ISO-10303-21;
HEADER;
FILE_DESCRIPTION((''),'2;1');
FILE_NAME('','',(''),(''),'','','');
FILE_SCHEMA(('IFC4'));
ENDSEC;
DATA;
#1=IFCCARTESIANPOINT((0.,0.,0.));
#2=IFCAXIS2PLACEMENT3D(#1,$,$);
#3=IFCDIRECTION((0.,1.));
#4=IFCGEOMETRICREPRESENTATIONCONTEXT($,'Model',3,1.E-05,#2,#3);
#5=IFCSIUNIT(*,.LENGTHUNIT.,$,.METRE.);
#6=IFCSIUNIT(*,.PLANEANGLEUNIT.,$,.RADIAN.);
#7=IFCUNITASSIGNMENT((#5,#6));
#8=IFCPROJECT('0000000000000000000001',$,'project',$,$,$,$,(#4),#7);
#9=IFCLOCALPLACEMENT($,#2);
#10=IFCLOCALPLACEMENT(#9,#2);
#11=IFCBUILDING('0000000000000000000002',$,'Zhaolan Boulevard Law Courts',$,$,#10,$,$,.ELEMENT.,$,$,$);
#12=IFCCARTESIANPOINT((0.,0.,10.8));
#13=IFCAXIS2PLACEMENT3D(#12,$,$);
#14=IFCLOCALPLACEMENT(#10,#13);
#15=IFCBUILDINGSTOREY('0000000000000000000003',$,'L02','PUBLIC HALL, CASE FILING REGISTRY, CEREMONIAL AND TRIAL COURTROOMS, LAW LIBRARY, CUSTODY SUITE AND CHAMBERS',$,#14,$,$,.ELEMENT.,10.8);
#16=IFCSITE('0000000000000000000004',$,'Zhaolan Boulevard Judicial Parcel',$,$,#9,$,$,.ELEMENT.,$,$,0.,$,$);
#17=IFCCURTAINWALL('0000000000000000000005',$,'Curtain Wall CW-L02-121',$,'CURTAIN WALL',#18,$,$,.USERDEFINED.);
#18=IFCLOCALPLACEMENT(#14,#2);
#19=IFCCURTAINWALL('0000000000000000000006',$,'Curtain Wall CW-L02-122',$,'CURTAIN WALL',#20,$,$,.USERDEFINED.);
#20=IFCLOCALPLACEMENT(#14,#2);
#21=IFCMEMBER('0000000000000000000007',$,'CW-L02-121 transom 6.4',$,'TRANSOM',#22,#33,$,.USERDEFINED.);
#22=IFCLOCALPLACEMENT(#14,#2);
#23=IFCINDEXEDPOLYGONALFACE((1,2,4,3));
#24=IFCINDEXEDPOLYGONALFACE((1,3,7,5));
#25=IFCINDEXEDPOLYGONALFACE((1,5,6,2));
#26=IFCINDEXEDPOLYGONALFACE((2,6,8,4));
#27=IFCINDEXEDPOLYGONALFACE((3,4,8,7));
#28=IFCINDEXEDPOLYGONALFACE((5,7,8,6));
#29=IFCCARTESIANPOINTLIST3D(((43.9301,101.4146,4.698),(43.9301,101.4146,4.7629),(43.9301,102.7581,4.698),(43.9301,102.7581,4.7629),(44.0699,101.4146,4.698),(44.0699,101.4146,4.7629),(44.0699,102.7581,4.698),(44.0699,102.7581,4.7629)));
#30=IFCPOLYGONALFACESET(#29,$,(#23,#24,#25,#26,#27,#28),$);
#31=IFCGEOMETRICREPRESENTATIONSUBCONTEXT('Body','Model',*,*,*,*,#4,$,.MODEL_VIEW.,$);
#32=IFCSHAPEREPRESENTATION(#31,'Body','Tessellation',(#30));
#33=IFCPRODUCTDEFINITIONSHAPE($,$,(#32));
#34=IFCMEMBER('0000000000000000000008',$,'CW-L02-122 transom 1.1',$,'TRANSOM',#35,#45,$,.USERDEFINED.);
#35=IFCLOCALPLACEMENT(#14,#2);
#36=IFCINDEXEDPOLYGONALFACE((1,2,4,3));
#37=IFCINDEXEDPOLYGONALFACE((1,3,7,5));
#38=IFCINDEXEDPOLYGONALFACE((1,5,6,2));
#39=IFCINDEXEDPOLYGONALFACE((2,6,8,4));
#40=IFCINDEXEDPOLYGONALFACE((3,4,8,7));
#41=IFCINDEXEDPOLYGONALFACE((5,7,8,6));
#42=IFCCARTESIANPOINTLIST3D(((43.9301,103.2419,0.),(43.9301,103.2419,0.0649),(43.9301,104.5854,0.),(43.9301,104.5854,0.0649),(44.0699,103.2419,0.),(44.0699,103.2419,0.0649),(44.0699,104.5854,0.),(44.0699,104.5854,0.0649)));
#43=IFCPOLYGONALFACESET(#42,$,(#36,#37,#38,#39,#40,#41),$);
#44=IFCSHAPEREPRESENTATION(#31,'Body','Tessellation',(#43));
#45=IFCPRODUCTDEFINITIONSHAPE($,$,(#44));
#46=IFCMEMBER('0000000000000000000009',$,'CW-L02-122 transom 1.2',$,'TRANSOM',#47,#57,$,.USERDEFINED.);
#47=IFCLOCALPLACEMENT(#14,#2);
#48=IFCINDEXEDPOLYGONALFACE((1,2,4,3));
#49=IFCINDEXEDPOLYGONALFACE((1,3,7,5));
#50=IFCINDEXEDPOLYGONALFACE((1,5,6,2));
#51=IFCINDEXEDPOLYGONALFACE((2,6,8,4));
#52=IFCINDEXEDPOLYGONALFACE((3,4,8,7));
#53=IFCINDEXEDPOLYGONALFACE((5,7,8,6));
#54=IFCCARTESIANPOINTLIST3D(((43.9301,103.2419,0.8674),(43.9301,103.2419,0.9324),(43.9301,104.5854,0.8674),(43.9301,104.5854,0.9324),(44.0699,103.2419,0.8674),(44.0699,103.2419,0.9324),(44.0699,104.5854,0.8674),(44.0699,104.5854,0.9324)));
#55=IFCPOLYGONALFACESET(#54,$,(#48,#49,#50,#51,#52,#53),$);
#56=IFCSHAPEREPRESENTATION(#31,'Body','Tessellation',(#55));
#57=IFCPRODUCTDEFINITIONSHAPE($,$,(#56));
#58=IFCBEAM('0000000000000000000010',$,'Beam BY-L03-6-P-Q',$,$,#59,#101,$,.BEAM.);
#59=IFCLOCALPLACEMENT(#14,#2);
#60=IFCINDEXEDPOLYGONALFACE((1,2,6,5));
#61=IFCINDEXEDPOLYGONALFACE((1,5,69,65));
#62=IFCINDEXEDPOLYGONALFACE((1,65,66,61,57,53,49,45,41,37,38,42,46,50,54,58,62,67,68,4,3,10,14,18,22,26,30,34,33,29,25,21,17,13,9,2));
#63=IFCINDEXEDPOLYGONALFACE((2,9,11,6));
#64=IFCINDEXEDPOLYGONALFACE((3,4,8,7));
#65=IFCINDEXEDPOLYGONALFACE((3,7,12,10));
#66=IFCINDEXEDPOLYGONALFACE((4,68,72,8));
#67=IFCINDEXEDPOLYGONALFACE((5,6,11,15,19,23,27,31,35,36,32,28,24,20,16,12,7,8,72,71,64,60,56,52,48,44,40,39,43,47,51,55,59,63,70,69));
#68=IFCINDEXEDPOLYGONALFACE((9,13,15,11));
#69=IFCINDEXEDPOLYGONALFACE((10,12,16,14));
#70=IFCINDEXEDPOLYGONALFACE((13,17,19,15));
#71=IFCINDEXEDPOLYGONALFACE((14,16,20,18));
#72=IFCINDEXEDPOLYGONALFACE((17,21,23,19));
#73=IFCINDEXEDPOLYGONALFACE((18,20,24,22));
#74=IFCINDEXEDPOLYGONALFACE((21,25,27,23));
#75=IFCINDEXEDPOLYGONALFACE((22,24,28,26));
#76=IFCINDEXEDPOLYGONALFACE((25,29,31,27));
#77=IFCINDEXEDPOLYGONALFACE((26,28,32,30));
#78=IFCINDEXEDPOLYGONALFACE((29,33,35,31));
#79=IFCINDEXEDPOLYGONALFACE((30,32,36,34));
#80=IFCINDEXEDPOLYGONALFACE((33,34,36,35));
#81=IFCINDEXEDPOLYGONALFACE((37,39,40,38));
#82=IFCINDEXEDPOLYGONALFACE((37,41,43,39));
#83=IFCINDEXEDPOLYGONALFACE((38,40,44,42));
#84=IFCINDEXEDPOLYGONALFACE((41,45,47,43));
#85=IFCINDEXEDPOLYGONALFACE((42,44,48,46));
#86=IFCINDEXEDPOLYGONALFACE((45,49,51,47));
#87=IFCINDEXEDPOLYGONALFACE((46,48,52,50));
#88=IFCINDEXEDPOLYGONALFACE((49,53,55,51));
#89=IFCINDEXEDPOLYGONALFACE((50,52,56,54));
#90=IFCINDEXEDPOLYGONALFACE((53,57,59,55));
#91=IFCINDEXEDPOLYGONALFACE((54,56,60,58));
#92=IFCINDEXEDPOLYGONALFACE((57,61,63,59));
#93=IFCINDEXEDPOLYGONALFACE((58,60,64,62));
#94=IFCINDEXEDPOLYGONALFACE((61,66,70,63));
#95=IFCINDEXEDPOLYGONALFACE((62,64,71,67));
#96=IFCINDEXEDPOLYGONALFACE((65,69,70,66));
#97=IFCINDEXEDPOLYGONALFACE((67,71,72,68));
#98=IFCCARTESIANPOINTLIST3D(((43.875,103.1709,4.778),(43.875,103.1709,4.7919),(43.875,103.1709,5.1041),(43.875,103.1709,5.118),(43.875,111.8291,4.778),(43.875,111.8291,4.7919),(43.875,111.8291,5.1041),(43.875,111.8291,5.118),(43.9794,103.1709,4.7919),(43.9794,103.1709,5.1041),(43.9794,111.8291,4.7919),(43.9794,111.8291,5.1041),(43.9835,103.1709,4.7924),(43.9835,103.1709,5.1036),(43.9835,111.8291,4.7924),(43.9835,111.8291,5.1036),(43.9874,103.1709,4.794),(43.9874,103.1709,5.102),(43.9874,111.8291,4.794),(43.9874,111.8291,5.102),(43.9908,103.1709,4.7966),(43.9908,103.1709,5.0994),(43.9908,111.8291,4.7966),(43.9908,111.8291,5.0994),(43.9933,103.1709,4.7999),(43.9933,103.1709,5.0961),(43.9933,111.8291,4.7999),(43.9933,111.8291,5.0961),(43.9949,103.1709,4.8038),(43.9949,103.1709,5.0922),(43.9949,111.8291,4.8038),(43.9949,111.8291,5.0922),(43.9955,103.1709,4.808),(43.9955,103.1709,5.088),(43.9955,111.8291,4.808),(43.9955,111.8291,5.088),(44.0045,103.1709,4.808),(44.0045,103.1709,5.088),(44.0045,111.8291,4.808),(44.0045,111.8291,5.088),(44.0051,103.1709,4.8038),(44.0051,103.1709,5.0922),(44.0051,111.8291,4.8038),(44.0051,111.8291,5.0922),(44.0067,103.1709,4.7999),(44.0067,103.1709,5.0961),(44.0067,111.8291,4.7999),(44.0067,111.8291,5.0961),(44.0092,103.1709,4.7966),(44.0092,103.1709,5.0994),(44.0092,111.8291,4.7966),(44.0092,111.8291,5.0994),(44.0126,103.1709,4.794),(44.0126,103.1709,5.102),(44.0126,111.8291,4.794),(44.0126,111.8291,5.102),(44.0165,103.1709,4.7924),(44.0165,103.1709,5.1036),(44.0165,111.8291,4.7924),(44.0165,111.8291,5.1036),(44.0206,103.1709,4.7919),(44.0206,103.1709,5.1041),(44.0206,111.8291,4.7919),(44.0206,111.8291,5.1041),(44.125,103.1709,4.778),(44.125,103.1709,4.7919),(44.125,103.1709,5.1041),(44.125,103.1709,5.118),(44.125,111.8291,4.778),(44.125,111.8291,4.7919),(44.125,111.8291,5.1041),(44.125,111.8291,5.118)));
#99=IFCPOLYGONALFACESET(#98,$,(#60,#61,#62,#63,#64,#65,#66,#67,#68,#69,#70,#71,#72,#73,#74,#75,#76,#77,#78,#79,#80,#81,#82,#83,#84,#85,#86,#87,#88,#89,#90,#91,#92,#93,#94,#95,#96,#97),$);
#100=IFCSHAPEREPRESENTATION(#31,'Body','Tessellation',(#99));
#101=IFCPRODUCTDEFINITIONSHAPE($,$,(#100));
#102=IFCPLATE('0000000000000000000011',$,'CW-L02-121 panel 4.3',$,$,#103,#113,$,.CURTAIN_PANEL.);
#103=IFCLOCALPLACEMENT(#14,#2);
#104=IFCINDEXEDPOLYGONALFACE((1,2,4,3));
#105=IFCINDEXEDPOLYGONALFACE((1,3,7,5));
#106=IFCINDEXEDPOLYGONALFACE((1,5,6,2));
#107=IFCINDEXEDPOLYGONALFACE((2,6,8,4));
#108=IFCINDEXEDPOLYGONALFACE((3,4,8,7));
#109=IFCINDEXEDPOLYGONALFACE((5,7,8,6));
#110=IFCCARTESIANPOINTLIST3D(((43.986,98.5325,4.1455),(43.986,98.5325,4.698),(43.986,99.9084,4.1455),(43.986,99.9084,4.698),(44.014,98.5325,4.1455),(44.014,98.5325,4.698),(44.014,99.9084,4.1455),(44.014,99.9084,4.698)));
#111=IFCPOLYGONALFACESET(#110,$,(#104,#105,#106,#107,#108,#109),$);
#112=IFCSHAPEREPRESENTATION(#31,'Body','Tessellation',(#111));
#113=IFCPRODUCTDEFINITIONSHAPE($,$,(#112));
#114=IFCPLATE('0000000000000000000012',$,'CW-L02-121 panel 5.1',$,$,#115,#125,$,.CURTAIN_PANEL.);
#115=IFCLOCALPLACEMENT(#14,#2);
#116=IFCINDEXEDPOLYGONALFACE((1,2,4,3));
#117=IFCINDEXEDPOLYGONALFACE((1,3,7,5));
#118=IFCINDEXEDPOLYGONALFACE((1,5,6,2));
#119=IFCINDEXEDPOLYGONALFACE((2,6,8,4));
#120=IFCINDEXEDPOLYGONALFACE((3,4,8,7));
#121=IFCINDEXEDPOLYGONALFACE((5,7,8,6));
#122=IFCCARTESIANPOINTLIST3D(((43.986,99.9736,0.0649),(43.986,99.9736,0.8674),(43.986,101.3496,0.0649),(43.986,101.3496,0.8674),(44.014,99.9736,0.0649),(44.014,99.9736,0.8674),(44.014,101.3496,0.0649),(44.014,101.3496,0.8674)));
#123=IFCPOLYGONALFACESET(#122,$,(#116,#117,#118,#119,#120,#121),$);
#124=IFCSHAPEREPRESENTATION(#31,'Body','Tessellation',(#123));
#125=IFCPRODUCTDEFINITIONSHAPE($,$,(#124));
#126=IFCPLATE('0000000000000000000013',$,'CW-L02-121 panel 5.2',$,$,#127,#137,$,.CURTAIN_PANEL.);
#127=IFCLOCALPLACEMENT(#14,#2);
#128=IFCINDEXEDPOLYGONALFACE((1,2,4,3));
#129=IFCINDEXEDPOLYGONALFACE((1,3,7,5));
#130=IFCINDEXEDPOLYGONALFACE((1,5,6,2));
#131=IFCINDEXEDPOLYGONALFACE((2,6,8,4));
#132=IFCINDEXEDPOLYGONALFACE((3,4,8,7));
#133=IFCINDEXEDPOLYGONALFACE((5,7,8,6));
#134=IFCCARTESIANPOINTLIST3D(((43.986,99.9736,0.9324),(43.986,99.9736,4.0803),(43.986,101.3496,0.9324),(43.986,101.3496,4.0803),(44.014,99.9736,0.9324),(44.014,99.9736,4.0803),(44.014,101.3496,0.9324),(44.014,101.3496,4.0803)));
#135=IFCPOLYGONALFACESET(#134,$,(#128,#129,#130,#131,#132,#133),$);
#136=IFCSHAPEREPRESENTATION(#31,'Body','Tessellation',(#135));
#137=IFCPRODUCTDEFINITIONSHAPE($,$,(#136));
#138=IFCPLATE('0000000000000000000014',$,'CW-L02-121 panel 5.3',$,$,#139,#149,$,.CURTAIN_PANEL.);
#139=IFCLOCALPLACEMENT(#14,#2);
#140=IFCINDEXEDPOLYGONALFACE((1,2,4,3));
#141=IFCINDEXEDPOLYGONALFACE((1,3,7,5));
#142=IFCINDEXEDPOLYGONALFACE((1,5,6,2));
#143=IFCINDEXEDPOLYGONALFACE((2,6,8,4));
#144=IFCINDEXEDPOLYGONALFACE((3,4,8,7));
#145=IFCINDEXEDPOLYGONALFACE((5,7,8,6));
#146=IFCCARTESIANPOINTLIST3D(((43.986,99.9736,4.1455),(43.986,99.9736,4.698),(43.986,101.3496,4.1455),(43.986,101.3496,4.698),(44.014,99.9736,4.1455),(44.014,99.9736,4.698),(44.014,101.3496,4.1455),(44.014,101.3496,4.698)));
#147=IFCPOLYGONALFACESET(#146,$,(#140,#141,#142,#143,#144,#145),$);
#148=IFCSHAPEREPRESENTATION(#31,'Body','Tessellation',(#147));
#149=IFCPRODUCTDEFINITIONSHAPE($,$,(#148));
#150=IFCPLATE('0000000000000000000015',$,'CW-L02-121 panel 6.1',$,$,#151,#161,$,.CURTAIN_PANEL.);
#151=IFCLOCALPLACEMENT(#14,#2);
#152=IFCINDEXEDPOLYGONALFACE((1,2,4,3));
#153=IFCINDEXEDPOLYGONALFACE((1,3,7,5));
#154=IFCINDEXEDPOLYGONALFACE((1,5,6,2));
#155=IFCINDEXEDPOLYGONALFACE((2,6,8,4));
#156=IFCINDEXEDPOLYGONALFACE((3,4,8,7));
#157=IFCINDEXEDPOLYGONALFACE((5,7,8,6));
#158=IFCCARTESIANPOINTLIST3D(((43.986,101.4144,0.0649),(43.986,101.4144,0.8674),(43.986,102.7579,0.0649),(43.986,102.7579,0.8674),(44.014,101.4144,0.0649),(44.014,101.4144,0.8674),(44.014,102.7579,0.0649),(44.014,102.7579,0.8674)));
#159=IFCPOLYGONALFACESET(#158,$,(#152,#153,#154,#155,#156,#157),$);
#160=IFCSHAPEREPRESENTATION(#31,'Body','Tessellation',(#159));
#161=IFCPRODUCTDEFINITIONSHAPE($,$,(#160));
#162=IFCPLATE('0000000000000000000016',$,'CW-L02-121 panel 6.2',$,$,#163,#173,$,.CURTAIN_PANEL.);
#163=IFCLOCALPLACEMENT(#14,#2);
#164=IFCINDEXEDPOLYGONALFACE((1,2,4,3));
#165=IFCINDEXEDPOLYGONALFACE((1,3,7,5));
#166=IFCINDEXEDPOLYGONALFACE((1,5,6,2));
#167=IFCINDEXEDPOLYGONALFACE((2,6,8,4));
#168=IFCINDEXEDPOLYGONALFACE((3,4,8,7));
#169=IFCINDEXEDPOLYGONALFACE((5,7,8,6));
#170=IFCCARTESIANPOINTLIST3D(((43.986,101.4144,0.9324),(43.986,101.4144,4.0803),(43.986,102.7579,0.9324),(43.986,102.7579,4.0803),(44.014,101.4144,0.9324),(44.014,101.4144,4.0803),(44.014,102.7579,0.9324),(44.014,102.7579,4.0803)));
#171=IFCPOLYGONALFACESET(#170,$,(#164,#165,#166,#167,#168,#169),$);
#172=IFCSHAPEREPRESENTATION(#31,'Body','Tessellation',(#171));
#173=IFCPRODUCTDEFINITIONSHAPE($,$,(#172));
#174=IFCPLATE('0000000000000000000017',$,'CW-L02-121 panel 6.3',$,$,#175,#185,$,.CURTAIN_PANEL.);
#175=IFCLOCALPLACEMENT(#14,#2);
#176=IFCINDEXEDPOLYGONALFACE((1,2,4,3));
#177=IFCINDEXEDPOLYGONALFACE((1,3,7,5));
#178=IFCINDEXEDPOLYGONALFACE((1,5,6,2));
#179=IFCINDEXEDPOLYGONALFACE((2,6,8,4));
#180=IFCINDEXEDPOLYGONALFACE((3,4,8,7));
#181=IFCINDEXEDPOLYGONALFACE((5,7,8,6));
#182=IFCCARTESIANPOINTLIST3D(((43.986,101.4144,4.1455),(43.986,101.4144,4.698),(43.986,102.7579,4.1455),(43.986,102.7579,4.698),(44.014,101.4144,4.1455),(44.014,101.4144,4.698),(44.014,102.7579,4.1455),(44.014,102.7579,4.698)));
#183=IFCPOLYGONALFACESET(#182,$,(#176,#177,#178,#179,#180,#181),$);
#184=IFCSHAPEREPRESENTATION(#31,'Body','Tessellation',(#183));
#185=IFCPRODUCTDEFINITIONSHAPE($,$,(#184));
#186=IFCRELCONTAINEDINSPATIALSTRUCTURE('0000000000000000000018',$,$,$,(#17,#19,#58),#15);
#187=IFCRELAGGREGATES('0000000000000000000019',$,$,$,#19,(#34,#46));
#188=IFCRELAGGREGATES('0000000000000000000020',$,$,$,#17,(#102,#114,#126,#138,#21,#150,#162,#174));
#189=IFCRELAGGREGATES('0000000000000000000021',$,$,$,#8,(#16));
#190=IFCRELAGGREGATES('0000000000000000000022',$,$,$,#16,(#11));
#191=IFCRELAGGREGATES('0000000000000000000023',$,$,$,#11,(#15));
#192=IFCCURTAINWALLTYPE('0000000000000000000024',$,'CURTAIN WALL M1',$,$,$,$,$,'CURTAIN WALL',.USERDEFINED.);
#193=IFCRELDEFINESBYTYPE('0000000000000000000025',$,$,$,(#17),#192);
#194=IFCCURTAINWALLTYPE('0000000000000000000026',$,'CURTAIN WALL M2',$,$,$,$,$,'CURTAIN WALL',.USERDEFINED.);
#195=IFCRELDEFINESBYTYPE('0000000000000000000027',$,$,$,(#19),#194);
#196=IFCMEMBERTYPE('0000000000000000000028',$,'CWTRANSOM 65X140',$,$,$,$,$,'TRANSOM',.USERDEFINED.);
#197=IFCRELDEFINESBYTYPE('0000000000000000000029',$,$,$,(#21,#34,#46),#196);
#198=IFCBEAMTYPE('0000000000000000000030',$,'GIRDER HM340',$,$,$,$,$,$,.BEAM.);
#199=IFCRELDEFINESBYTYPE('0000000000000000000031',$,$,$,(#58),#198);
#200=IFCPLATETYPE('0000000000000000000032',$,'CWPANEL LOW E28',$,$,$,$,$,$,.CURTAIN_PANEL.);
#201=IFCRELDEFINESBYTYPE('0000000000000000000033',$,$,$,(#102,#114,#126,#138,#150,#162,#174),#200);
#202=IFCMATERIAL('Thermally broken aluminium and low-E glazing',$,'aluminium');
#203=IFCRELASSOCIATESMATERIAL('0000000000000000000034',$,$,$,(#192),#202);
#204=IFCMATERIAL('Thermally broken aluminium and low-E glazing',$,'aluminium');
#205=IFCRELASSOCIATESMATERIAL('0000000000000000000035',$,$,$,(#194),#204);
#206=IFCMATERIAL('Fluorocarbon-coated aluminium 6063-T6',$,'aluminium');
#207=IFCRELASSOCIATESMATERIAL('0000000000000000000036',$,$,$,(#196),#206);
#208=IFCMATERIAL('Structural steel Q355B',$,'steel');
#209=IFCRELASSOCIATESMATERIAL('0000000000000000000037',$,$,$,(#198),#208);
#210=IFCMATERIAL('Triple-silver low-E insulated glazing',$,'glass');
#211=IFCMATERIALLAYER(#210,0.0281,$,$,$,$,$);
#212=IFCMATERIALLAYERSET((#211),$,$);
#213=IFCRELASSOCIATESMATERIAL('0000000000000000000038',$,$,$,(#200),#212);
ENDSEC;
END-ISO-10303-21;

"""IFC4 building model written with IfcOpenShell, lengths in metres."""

from ifc_helpers import new_model, si_unit, direction, frame, origin, origin_2d, place, context, subcontext, project, spatial, rectangle, i_section, extrude, material, layer, layer_set, material_profile, profile_set, type_object, element, aggregate, save


model = new_model("IFC4")

# Units and contexts
model_context = context("Model", 3, precision=1e-05, world=origin(), true_north=direction((0.0, 1.0)))
body_context = subcontext(model_context, "Body", "Model", "MODEL_VIEW")
ifc_project = project(units=[si_unit("LENGTHUNIT", "METRE"), si_unit("PLANEANGLEUNIT", "RADIAN")], contexts=[model_context])

# Site, building, storey
site_placement = place(None, origin())
site = spatial("IfcSite", under=ifc_project, at=site_placement, Name="Zhaolan Boulevard Judicial Parcel", CompositionType="ELEMENT", RefElevation=0.0)
building_placement = place(site_placement, origin())
building = spatial("IfcBuilding", under=site, at=building_placement, Name="Zhaolan Boulevard Law Courts", CompositionType="ELEMENT")
storey_placement = place(building_placement, frame((0.0, 0.0, 10.8)))
storey = spatial("IfcBuildingStorey", under=building, at=storey_placement, Name="L02", Description="PUBLIC HALL, CASE FILING REGISTRY, CEREMONIAL AND TRIAL COURTROOMS, LAW LIBRARY, CUSTODY SUITE AND CHAMBERS", CompositionType="ELEMENT", Elevation=10.8)

# Curtain wall
ifc_material_1 = material(Name="Thermally broken aluminium and low-E glazing", Category="aluminium")
curtain_wall_type_1 = type_object("IfcCurtainWallType", Name="CURTAIN WALL M1", ElementType="CURTAIN WALL", PredefinedType="USERDEFINED", material=ifc_material_1)
curtain_wall_1_placement = place(storey_placement, origin())
curtain_wall_1 = element("IfcCurtainWall", 1, at=curtain_wall_1_placement, inside=storey, type_object=curtain_wall_type_1, Name="Curtain Wall CW-L02-121", ObjectType="CURTAIN WALL", PredefinedType="USERDEFINED")

# Curtain wall
ifc_material_2 = material(Name="Thermally broken aluminium and low-E glazing", Category="aluminium")
curtain_wall_type_2 = type_object("IfcCurtainWallType", Name="CURTAIN WALL M2", ElementType="CURTAIN WALL", PredefinedType="USERDEFINED", material=ifc_material_2)
curtain_wall_2_placement = place(storey_placement, origin())
curtain_wall_2 = element("IfcCurtainWall", 2, at=curtain_wall_2_placement, inside=storey, type_object=curtain_wall_type_2, Name="Curtain Wall CW-L02-122", ObjectType="CURTAIN WALL", PredefinedType="USERDEFINED")

# Members
ifc_material_3 = material(Name="Fluorocarbon-coated aluminium 6063-T6", Category="aluminium")
ifc_material_profile_1 = material_profile(ifc_material_3, rectangle(XDim=0.1399, YDim=0.0649, at=origin_2d()), Name="AL65x140")
ifc_profile_set_1 = profile_set([ifc_material_profile_1], Name="Fluorocarbon-coated aluminium 6063-T6")
member_type_1 = type_object("IfcMemberType", Name="CWTRANSOM 65X140", ElementType="TRANSOM", PredefinedType="USERDEFINED", material=ifc_profile_set_1)
member_1_placement = place(storey_placement, frame((44.0, 101.4146, 4.7305), z_axis=(0.0, 1.0, 0.0), x_axis=(-1.0, 0.0, 0.0)))
member_1 = element("IfcMember", 3, at=member_1_placement, type_object=member_type_1, Name="CW-L02-121 transom 6.4", ObjectType="TRANSOM", PredefinedType="USERDEFINED", context=body_context, shape_type="SweptSolid", body=[
    extrude(rectangle(XDim=0.1399, YDim=0.0649, at=origin_2d()), origin(), (0.0, 0.0, 1.0), 1.3435),
])
member_2_placement = place(storey_placement, frame((44.0, 103.2419, 0.0325), z_axis=(0.0, 1.0, 0.0), x_axis=(-1.0, 0.0, 0.0)))
member_2 = element("IfcMember", 4, at=member_2_placement, type_object=member_type_1, Name="CW-L02-122 transom 1.1", ObjectType="TRANSOM", PredefinedType="USERDEFINED", context=body_context, shape_type="SweptSolid", body=[
    extrude(rectangle(XDim=0.1399, YDim=0.0649, at=origin_2d()), origin(), (0.0, 0.0, 1.0), 1.3435),
])
member_3_placement = place(storey_placement, frame((44.0, 103.2419, 0.8999), z_axis=(0.0, 1.0, 0.0), x_axis=(-1.0, 0.0, 0.0)))
member_3 = element("IfcMember", 5, at=member_3_placement, type_object=member_type_1, Name="CW-L02-122 transom 1.2", ObjectType="TRANSOM", PredefinedType="USERDEFINED", context=body_context, shape_type="SweptSolid", body=[
    extrude(rectangle(XDim=0.1399, YDim=0.0649, at=origin_2d()), origin(), (0.0, 0.0, 1.0), 1.3435),
])
aggregate(curtain_wall_2, [member_2, member_3])

# Beam
ifc_material_4 = material(Name="Structural steel Q355B", Category="steel")
ifc_material_profile_2 = material_profile(ifc_material_4, i_section(OverallWidth=0.25, OverallDepth=0.3401, WebThickness=0.009, FlangeThickness=0.0139, FilletRadius=0.0161, at=origin_2d()), Name="HM340x250")
ifc_profile_set_2 = profile_set([ifc_material_profile_2], Name="Structural steel Q355B")
beam_type = type_object("IfcBeamType", Name="GIRDER HM340", PredefinedType="BEAM", material=ifc_profile_set_2)
beam_placement = place(storey_placement, frame((44.0, 103.1709, 4.948), z_axis=(0.0, 1.0, 0.0), x_axis=(-1.0, 0.0, 0.0)))
element("IfcBeam", 6, at=beam_placement, inside=storey, type_object=beam_type, Name="Beam BY-L03-6-P-Q", PredefinedType="BEAM", context=body_context, shape_type="SweptSolid", body=[
    extrude(i_section(OverallWidth=0.25, OverallDepth=0.3401, WebThickness=0.009, FlangeThickness=0.0139, FilletRadius=0.0161, at=origin_2d()), origin(), (0.0, 0.0, 1.0), 8.6582),
])

# Plates
ifc_material_5 = material(Name="Triple-silver low-E insulated glazing", Category="glass")
ifc_layer = layer(ifc_material_5, 0.0281)
ifc_layer_set = layer_set([ifc_layer])
plate_type = type_object("IfcPlateType", Name="CWPANEL LOW E28", PredefinedType="CURTAIN_PANEL", material=ifc_layer_set)
plate_1_placement = place(storey_placement, frame((44.0, 99.2205, 4.1455), z_axis=(0.0, 0.0, 1.0), x_axis=(0.0, 1.0, 0.0)))
plate_1 = element("IfcPlate", 7, at=plate_1_placement, type_object=plate_type, Name="CW-L02-121 panel 4.3", PredefinedType="CURTAIN_PANEL", context=body_context, shape_type="SweptSolid", body=[
    extrude(rectangle(XDim=1.376, YDim=0.0281, at=origin_2d()), origin(), (0.0, 0.0, 1.0), 0.5525),
])
plate_2_placement = place(storey_placement, frame((44.0, 100.6616, 0.0649), z_axis=(0.0, 0.0, 1.0), x_axis=(0.0, 1.0, 0.0)))
plate_2 = element("IfcPlate", 8, at=plate_2_placement, type_object=plate_type, Name="CW-L02-121 panel 5.1", PredefinedType="CURTAIN_PANEL", context=body_context, shape_type="SweptSolid", body=[
    extrude(rectangle(XDim=1.376, YDim=0.0281, at=origin_2d()), origin(), (0.0, 0.0, 1.0), 0.8025),
])
plate_3_placement = place(storey_placement, frame((44.0, 100.6616, 0.9324), z_axis=(0.0, 0.0, 1.0), x_axis=(0.0, 1.0, 0.0)))
plate_3 = element("IfcPlate", 9, at=plate_3_placement, type_object=plate_type, Name="CW-L02-121 panel 5.2", PredefinedType="CURTAIN_PANEL", context=body_context, shape_type="SweptSolid", body=[
    extrude(rectangle(XDim=1.376, YDim=0.0281, at=origin_2d()), origin(), (0.0, 0.0, 1.0), 3.1479),
])
plate_4_placement = place(storey_placement, frame((44.0, 100.6616, 4.1455), z_axis=(0.0, 0.0, 1.0), x_axis=(0.0, 1.0, 0.0)))
plate_4 = element("IfcPlate", 10, at=plate_4_placement, type_object=plate_type, Name="CW-L02-121 panel 5.3", PredefinedType="CURTAIN_PANEL", context=body_context, shape_type="SweptSolid", body=[
    extrude(rectangle(XDim=1.376, YDim=0.0281, at=origin_2d()), origin(), (0.0, 0.0, 1.0), 0.5525),
])
plate_5_placement = place(storey_placement, frame((44.0, 102.0862, 0.0649), z_axis=(0.0, 0.0, 1.0), x_axis=(0.0, 1.0, 0.0)))
plate_5 = element("IfcPlate", 11, at=plate_5_placement, type_object=plate_type, Name="CW-L02-121 panel 6.1", PredefinedType="CURTAIN_PANEL", context=body_context, shape_type="SweptSolid", body=[
    extrude(rectangle(XDim=1.3435, YDim=0.0281, at=origin_2d()), origin(), (0.0, 0.0, 1.0), 0.8025),
])
plate_6_placement = place(storey_placement, frame((44.0, 102.0862, 0.9324), z_axis=(0.0, 0.0, 1.0), x_axis=(0.0, 1.0, 0.0)))
plate_6 = element("IfcPlate", 12, at=plate_6_placement, type_object=plate_type, Name="CW-L02-121 panel 6.2", PredefinedType="CURTAIN_PANEL", context=body_context, shape_type="SweptSolid", body=[
    extrude(rectangle(XDim=1.3435, YDim=0.0281, at=origin_2d()), origin(), (0.0, 0.0, 1.0), 3.1479),
])
plate_7_placement = place(storey_placement, frame((44.0, 102.0862, 4.1455), z_axis=(0.0, 0.0, 1.0), x_axis=(0.0, 1.0, 0.0)))
plate_7 = element("IfcPlate", 13, at=plate_7_placement, type_object=plate_type, Name="CW-L02-121 panel 6.3", PredefinedType="CURTAIN_PANEL", context=body_context, shape_type="SweptSolid", body=[
    extrude(rectangle(XDim=1.3435, YDim=0.0281, at=origin_2d()), origin(), (0.0, 0.0, 1.0), 0.5525),
])
aggregate(curtain_wall_1, [plate_1, plate_2, plate_3, plate_4, member_1, plate_5, plate_6, plate_7])

save(model, "model.ifc")
